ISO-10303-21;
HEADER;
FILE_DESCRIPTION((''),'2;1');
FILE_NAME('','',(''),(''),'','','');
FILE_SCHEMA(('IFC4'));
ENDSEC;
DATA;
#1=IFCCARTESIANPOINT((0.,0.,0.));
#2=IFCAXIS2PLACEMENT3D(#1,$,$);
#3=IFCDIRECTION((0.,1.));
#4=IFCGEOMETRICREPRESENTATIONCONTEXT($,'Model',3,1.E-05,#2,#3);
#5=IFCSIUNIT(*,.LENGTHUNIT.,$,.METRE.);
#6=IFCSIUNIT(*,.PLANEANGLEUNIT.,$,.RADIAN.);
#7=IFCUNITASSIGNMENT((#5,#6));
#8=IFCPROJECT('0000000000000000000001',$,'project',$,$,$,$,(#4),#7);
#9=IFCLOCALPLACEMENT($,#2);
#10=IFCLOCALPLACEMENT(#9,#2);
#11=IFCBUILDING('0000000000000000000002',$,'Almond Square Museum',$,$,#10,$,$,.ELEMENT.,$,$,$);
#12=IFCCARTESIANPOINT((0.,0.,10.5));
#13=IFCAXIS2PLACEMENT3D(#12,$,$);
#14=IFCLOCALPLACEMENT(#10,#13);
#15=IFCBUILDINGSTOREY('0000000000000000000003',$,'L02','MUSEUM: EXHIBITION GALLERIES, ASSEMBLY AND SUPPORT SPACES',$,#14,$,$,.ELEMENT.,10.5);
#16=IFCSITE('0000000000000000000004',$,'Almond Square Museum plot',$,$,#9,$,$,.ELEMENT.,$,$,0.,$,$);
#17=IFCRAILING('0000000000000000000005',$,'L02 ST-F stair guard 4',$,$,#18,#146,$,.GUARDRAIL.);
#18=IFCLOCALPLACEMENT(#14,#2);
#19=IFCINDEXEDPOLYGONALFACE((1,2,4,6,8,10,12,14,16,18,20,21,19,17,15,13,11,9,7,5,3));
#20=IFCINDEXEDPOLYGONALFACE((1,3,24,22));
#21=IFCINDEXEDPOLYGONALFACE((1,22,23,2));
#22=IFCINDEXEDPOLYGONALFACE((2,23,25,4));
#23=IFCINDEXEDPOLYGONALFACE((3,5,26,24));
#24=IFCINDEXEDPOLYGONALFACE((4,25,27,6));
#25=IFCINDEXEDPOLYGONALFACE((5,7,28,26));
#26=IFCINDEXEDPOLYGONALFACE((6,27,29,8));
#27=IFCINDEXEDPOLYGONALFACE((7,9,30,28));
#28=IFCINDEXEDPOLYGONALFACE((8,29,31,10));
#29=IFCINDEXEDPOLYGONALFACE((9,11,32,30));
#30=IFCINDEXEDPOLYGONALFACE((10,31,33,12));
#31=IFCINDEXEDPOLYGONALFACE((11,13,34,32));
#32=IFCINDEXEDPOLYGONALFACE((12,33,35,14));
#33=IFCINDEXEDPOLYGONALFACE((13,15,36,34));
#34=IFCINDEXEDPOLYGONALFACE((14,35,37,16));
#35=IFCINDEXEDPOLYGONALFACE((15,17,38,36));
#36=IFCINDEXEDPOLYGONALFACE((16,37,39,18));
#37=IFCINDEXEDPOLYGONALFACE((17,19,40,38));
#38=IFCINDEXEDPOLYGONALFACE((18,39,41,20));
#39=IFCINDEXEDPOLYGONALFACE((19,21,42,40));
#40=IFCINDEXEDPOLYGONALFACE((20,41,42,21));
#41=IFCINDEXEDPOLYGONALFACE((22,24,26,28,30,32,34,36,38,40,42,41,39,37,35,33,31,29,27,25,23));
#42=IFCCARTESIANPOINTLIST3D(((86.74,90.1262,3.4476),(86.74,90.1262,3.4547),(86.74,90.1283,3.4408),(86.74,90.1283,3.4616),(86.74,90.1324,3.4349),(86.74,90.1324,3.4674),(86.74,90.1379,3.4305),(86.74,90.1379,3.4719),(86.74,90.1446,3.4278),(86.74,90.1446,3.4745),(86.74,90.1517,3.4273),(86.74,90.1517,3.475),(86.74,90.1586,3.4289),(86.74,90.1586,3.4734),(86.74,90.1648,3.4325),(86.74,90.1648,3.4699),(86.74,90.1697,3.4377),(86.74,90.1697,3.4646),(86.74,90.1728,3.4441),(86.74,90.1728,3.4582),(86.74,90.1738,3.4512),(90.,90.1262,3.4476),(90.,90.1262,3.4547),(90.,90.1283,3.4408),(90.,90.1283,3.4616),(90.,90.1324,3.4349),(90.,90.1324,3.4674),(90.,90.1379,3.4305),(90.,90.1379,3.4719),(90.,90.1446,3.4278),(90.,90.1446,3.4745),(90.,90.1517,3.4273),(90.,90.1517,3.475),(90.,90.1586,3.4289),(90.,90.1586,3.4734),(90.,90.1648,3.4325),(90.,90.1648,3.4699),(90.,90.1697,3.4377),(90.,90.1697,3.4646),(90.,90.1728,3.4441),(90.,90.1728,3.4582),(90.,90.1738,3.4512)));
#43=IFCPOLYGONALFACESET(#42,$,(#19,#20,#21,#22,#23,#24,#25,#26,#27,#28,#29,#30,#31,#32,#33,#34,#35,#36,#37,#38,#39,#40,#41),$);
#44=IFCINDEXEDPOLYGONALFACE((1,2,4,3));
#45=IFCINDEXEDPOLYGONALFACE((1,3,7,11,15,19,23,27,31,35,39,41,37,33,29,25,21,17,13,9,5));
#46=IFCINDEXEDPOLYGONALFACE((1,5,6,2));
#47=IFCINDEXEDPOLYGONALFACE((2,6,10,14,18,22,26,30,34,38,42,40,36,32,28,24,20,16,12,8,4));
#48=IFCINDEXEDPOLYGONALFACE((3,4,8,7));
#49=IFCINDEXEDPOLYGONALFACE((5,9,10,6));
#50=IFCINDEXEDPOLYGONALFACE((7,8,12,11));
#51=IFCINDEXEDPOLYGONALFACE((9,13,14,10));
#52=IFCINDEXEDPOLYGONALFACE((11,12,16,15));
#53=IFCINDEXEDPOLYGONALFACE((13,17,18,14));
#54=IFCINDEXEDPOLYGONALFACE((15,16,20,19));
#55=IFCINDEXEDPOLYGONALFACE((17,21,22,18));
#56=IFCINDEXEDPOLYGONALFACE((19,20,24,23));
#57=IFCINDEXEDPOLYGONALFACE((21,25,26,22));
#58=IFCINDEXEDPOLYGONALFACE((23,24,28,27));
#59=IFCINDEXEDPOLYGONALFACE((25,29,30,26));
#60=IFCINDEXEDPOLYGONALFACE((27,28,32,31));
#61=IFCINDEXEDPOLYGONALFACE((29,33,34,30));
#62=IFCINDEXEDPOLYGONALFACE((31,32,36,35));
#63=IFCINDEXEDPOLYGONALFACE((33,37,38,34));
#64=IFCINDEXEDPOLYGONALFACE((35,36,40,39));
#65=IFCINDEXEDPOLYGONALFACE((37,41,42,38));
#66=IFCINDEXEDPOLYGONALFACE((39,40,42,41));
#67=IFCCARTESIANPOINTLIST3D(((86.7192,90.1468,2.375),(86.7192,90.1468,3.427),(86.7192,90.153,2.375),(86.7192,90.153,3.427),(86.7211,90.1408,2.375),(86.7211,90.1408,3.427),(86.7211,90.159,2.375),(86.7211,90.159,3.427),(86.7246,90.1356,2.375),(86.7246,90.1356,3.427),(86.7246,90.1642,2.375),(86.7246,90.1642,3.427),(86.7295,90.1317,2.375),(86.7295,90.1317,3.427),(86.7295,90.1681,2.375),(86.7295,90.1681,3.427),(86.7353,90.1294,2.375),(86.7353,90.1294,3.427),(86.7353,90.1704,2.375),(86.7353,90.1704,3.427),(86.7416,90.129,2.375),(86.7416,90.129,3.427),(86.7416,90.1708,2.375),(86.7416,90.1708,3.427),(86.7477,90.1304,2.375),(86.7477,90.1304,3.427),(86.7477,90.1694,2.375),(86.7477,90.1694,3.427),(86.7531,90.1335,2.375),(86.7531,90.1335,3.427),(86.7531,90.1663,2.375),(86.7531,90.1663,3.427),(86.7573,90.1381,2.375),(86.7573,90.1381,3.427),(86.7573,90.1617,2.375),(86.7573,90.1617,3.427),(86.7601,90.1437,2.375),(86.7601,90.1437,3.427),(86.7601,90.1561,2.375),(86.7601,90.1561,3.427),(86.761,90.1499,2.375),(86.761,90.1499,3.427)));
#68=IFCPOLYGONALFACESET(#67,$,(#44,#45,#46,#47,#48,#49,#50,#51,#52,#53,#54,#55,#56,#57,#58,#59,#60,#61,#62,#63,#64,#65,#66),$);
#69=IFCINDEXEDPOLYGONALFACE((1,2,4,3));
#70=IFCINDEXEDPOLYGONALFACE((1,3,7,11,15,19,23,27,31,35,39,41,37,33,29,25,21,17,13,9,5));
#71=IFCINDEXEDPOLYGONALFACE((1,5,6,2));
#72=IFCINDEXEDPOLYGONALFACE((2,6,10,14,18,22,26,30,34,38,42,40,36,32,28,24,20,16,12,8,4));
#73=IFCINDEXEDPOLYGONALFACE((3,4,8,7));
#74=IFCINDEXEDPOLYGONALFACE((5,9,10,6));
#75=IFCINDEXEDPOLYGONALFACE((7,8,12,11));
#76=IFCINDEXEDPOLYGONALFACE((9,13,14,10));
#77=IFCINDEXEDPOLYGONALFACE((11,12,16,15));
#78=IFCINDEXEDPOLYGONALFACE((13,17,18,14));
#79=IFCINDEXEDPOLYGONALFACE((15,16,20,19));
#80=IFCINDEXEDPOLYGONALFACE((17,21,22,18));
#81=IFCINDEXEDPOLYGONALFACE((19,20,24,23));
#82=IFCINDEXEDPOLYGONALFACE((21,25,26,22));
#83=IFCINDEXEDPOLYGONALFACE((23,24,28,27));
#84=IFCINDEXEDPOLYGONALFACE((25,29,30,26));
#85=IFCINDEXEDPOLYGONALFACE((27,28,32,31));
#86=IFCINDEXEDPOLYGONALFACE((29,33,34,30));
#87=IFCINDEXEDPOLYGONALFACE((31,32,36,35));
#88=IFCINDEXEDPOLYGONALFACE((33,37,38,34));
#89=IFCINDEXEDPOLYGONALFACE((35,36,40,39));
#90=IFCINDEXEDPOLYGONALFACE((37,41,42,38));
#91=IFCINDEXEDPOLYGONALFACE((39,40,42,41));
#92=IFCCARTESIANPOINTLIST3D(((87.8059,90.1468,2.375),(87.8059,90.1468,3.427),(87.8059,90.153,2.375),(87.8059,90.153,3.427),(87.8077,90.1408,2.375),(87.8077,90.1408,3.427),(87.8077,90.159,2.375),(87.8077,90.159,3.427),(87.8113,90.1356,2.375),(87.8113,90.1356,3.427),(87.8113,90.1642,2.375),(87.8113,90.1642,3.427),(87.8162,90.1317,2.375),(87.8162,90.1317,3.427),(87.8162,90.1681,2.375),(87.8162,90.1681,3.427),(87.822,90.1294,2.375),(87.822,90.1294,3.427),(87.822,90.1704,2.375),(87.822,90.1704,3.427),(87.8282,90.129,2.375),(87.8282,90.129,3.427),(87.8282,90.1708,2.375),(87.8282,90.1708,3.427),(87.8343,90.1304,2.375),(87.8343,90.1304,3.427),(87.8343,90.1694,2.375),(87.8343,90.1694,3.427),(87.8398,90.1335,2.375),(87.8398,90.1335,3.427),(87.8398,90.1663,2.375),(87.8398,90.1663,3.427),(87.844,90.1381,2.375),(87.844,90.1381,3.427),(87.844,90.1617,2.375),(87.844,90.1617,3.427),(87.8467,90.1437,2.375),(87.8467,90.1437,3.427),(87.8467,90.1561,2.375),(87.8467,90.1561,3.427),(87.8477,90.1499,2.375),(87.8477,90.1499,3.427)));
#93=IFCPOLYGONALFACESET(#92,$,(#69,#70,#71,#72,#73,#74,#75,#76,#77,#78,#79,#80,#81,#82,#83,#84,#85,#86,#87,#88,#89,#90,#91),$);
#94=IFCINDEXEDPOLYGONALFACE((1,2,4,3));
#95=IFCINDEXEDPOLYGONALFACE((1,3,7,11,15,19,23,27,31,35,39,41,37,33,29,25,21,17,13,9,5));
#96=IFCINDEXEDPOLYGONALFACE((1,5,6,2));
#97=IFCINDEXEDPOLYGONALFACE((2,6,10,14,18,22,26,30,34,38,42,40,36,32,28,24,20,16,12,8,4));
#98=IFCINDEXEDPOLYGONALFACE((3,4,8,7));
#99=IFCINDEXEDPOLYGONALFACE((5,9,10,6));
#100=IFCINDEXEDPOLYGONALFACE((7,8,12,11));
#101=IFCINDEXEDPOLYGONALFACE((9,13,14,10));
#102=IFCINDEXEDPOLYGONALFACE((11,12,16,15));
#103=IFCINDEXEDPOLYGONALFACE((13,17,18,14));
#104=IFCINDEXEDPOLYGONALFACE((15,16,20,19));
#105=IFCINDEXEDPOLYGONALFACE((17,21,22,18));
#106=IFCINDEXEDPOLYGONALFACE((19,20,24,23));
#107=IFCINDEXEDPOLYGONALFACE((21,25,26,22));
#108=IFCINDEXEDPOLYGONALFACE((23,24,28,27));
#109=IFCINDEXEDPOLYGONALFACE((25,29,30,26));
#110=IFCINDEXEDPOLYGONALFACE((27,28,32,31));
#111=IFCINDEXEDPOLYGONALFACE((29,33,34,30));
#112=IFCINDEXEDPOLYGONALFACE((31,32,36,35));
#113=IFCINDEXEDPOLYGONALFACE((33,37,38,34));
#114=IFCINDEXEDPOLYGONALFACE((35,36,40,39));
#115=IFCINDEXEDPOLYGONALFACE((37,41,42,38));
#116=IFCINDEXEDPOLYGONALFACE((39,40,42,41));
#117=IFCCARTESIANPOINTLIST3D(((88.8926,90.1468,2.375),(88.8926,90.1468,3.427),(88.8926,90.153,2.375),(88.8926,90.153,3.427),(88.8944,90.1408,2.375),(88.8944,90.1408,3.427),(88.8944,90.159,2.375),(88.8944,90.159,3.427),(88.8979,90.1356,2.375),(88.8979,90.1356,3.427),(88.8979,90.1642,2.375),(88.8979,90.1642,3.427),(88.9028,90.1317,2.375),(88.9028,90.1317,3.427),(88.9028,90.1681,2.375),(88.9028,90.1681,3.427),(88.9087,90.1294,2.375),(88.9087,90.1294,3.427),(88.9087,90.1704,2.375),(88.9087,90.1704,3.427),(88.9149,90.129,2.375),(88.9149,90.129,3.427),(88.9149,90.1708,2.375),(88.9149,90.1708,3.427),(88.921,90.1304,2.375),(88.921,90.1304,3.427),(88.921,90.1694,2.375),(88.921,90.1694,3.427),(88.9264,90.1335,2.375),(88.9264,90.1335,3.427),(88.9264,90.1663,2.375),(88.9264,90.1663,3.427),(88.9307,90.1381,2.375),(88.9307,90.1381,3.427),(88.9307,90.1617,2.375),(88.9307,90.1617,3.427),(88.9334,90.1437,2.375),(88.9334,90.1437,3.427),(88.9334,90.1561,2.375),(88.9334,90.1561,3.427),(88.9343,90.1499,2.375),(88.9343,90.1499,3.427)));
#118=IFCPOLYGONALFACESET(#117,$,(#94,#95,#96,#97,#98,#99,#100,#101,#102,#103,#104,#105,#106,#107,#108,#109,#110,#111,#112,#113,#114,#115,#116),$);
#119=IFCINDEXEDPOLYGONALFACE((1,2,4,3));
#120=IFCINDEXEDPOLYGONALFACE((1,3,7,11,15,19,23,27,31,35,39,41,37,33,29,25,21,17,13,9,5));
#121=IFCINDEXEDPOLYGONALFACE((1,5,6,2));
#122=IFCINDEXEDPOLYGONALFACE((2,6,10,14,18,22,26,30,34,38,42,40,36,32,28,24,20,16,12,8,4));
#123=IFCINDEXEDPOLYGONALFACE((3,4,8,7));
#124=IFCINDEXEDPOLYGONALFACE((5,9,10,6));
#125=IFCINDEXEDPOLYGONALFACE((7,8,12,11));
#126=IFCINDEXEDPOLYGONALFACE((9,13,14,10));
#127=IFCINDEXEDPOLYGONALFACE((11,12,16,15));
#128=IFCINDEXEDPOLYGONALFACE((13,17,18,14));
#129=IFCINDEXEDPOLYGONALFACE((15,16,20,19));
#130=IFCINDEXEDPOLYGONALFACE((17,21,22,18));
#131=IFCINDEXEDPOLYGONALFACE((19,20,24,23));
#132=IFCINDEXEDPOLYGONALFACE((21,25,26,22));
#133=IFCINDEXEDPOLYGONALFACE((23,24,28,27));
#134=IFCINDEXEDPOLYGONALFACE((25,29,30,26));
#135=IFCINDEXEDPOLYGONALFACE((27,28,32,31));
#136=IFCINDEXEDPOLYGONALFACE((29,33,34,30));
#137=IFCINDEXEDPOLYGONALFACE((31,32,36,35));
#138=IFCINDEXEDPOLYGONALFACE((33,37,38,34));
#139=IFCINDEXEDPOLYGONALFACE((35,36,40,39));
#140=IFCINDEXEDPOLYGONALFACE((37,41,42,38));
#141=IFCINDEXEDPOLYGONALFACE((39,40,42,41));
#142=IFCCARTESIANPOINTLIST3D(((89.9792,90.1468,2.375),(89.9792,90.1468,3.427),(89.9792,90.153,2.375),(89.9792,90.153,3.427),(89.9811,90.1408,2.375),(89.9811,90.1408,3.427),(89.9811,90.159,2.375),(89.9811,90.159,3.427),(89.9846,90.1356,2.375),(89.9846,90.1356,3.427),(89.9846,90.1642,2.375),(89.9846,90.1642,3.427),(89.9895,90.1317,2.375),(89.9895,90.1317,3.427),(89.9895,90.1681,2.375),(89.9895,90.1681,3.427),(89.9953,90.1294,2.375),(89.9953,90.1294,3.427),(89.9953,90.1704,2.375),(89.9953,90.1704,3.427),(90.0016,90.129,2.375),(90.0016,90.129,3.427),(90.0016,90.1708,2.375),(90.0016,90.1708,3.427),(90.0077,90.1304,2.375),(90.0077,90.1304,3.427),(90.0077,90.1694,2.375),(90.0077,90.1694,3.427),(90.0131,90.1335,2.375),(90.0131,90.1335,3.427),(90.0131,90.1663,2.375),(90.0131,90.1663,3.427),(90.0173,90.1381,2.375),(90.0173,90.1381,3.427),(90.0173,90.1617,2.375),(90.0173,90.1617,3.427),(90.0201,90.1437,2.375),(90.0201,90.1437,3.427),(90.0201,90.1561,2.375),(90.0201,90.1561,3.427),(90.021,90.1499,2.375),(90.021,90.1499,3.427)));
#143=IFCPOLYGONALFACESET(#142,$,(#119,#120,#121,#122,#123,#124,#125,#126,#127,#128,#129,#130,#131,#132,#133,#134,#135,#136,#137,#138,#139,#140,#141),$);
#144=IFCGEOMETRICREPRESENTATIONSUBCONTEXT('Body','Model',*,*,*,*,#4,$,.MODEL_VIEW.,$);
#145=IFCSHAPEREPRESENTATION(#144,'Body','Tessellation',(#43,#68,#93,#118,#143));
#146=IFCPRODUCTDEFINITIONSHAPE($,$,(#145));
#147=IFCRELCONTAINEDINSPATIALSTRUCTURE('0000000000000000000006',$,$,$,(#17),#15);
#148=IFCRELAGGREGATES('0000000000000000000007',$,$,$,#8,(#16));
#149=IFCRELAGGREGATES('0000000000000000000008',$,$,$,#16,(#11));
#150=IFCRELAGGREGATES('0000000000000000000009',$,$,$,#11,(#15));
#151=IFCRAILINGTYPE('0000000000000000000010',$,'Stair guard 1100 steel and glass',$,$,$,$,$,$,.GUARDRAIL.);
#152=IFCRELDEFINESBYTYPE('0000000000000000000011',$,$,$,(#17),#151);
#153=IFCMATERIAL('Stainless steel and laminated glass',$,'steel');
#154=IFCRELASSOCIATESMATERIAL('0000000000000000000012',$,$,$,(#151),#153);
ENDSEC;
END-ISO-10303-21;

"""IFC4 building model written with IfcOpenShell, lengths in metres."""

from ifc_helpers import new_model, si_unit, direction, frame, origin, origin_2d, place, context, subcontext, project, spatial, circle, extrude, material, type_object, element, save


model = new_model("IFC4")

# Units and contexts
model_context = context("Model", 3, precision=1e-05, world=origin(), true_north=direction((0.0, 1.0)))
body_context = subcontext(model_context, "Body", "Model", "MODEL_VIEW")
ifc_project = project(units=[si_unit("LENGTHUNIT", "METRE"), si_unit("PLANEANGLEUNIT", "RADIAN")], contexts=[model_context])

# Site, building, storey
site_placement = place(None, origin())
site = spatial("IfcSite", under=ifc_project, at=site_placement, Name="Almond Square Museum plot", CompositionType="ELEMENT", RefElevation=0.0)
building_placement = place(site_placement, origin())
building = spatial("IfcBuilding", under=site, at=building_placement, Name="Almond Square Museum", CompositionType="ELEMENT")
storey_placement = place(building_placement, frame((0.0, 0.0, 10.5)))
storey = spatial("IfcBuildingStorey", under=building, at=storey_placement, Name="L02", Description="MUSEUM: EXHIBITION GALLERIES, ASSEMBLY AND SUPPORT SPACES", CompositionType="ELEMENT", Elevation=10.5)

# Railing
ifc_material_1 = material(Name="Stainless steel and laminated glass", Category="steel")
railing_type_1 = type_object("IfcRailingType", Name="Stair guard 1100 steel and glass", PredefinedType="GUARDRAIL", material=ifc_material_1)
railing_1_placement = place(storey_placement, frame((86.74, 90.1499, 2.375)))
element("IfcRailing", 1, at=railing_1_placement, inside=storey, type_object=railing_type_1, Name="L02 ST-F stair guard 4", PredefinedType="GUARDRAIL", context=body_context, shape_type="SweptSolid", body=[
    extrude(circle(Radius=0.0239, at=origin_2d()), frame((0.0, 0.0, 1.0762), z_axis=(1.0, 0.0, 0.0), x_axis=(0.0, 1.0, 0.0)), (0.0, 0.0, 1.0), 3.26),
    extrude(circle(Radius=0.021, at=origin_2d()), origin(), (0.0, 0.0, 1.0), 1.052),
    extrude(circle(Radius=0.021, at=origin_2d()), frame((1.0867, 0.0, 0.0)), (0.0, 0.0, 1.0), 1.052),
    extrude(circle(Radius=0.021, at=origin_2d()), frame((2.1733, 0.0, 0.0)), (0.0, 0.0, 1.0), 1.052),
    extrude(circle(Radius=0.021, at=origin_2d()), frame((3.26, 0.0, 0.0)), (0.0, 0.0, 1.0), 1.052),
])

save(model, "model.ifc")
